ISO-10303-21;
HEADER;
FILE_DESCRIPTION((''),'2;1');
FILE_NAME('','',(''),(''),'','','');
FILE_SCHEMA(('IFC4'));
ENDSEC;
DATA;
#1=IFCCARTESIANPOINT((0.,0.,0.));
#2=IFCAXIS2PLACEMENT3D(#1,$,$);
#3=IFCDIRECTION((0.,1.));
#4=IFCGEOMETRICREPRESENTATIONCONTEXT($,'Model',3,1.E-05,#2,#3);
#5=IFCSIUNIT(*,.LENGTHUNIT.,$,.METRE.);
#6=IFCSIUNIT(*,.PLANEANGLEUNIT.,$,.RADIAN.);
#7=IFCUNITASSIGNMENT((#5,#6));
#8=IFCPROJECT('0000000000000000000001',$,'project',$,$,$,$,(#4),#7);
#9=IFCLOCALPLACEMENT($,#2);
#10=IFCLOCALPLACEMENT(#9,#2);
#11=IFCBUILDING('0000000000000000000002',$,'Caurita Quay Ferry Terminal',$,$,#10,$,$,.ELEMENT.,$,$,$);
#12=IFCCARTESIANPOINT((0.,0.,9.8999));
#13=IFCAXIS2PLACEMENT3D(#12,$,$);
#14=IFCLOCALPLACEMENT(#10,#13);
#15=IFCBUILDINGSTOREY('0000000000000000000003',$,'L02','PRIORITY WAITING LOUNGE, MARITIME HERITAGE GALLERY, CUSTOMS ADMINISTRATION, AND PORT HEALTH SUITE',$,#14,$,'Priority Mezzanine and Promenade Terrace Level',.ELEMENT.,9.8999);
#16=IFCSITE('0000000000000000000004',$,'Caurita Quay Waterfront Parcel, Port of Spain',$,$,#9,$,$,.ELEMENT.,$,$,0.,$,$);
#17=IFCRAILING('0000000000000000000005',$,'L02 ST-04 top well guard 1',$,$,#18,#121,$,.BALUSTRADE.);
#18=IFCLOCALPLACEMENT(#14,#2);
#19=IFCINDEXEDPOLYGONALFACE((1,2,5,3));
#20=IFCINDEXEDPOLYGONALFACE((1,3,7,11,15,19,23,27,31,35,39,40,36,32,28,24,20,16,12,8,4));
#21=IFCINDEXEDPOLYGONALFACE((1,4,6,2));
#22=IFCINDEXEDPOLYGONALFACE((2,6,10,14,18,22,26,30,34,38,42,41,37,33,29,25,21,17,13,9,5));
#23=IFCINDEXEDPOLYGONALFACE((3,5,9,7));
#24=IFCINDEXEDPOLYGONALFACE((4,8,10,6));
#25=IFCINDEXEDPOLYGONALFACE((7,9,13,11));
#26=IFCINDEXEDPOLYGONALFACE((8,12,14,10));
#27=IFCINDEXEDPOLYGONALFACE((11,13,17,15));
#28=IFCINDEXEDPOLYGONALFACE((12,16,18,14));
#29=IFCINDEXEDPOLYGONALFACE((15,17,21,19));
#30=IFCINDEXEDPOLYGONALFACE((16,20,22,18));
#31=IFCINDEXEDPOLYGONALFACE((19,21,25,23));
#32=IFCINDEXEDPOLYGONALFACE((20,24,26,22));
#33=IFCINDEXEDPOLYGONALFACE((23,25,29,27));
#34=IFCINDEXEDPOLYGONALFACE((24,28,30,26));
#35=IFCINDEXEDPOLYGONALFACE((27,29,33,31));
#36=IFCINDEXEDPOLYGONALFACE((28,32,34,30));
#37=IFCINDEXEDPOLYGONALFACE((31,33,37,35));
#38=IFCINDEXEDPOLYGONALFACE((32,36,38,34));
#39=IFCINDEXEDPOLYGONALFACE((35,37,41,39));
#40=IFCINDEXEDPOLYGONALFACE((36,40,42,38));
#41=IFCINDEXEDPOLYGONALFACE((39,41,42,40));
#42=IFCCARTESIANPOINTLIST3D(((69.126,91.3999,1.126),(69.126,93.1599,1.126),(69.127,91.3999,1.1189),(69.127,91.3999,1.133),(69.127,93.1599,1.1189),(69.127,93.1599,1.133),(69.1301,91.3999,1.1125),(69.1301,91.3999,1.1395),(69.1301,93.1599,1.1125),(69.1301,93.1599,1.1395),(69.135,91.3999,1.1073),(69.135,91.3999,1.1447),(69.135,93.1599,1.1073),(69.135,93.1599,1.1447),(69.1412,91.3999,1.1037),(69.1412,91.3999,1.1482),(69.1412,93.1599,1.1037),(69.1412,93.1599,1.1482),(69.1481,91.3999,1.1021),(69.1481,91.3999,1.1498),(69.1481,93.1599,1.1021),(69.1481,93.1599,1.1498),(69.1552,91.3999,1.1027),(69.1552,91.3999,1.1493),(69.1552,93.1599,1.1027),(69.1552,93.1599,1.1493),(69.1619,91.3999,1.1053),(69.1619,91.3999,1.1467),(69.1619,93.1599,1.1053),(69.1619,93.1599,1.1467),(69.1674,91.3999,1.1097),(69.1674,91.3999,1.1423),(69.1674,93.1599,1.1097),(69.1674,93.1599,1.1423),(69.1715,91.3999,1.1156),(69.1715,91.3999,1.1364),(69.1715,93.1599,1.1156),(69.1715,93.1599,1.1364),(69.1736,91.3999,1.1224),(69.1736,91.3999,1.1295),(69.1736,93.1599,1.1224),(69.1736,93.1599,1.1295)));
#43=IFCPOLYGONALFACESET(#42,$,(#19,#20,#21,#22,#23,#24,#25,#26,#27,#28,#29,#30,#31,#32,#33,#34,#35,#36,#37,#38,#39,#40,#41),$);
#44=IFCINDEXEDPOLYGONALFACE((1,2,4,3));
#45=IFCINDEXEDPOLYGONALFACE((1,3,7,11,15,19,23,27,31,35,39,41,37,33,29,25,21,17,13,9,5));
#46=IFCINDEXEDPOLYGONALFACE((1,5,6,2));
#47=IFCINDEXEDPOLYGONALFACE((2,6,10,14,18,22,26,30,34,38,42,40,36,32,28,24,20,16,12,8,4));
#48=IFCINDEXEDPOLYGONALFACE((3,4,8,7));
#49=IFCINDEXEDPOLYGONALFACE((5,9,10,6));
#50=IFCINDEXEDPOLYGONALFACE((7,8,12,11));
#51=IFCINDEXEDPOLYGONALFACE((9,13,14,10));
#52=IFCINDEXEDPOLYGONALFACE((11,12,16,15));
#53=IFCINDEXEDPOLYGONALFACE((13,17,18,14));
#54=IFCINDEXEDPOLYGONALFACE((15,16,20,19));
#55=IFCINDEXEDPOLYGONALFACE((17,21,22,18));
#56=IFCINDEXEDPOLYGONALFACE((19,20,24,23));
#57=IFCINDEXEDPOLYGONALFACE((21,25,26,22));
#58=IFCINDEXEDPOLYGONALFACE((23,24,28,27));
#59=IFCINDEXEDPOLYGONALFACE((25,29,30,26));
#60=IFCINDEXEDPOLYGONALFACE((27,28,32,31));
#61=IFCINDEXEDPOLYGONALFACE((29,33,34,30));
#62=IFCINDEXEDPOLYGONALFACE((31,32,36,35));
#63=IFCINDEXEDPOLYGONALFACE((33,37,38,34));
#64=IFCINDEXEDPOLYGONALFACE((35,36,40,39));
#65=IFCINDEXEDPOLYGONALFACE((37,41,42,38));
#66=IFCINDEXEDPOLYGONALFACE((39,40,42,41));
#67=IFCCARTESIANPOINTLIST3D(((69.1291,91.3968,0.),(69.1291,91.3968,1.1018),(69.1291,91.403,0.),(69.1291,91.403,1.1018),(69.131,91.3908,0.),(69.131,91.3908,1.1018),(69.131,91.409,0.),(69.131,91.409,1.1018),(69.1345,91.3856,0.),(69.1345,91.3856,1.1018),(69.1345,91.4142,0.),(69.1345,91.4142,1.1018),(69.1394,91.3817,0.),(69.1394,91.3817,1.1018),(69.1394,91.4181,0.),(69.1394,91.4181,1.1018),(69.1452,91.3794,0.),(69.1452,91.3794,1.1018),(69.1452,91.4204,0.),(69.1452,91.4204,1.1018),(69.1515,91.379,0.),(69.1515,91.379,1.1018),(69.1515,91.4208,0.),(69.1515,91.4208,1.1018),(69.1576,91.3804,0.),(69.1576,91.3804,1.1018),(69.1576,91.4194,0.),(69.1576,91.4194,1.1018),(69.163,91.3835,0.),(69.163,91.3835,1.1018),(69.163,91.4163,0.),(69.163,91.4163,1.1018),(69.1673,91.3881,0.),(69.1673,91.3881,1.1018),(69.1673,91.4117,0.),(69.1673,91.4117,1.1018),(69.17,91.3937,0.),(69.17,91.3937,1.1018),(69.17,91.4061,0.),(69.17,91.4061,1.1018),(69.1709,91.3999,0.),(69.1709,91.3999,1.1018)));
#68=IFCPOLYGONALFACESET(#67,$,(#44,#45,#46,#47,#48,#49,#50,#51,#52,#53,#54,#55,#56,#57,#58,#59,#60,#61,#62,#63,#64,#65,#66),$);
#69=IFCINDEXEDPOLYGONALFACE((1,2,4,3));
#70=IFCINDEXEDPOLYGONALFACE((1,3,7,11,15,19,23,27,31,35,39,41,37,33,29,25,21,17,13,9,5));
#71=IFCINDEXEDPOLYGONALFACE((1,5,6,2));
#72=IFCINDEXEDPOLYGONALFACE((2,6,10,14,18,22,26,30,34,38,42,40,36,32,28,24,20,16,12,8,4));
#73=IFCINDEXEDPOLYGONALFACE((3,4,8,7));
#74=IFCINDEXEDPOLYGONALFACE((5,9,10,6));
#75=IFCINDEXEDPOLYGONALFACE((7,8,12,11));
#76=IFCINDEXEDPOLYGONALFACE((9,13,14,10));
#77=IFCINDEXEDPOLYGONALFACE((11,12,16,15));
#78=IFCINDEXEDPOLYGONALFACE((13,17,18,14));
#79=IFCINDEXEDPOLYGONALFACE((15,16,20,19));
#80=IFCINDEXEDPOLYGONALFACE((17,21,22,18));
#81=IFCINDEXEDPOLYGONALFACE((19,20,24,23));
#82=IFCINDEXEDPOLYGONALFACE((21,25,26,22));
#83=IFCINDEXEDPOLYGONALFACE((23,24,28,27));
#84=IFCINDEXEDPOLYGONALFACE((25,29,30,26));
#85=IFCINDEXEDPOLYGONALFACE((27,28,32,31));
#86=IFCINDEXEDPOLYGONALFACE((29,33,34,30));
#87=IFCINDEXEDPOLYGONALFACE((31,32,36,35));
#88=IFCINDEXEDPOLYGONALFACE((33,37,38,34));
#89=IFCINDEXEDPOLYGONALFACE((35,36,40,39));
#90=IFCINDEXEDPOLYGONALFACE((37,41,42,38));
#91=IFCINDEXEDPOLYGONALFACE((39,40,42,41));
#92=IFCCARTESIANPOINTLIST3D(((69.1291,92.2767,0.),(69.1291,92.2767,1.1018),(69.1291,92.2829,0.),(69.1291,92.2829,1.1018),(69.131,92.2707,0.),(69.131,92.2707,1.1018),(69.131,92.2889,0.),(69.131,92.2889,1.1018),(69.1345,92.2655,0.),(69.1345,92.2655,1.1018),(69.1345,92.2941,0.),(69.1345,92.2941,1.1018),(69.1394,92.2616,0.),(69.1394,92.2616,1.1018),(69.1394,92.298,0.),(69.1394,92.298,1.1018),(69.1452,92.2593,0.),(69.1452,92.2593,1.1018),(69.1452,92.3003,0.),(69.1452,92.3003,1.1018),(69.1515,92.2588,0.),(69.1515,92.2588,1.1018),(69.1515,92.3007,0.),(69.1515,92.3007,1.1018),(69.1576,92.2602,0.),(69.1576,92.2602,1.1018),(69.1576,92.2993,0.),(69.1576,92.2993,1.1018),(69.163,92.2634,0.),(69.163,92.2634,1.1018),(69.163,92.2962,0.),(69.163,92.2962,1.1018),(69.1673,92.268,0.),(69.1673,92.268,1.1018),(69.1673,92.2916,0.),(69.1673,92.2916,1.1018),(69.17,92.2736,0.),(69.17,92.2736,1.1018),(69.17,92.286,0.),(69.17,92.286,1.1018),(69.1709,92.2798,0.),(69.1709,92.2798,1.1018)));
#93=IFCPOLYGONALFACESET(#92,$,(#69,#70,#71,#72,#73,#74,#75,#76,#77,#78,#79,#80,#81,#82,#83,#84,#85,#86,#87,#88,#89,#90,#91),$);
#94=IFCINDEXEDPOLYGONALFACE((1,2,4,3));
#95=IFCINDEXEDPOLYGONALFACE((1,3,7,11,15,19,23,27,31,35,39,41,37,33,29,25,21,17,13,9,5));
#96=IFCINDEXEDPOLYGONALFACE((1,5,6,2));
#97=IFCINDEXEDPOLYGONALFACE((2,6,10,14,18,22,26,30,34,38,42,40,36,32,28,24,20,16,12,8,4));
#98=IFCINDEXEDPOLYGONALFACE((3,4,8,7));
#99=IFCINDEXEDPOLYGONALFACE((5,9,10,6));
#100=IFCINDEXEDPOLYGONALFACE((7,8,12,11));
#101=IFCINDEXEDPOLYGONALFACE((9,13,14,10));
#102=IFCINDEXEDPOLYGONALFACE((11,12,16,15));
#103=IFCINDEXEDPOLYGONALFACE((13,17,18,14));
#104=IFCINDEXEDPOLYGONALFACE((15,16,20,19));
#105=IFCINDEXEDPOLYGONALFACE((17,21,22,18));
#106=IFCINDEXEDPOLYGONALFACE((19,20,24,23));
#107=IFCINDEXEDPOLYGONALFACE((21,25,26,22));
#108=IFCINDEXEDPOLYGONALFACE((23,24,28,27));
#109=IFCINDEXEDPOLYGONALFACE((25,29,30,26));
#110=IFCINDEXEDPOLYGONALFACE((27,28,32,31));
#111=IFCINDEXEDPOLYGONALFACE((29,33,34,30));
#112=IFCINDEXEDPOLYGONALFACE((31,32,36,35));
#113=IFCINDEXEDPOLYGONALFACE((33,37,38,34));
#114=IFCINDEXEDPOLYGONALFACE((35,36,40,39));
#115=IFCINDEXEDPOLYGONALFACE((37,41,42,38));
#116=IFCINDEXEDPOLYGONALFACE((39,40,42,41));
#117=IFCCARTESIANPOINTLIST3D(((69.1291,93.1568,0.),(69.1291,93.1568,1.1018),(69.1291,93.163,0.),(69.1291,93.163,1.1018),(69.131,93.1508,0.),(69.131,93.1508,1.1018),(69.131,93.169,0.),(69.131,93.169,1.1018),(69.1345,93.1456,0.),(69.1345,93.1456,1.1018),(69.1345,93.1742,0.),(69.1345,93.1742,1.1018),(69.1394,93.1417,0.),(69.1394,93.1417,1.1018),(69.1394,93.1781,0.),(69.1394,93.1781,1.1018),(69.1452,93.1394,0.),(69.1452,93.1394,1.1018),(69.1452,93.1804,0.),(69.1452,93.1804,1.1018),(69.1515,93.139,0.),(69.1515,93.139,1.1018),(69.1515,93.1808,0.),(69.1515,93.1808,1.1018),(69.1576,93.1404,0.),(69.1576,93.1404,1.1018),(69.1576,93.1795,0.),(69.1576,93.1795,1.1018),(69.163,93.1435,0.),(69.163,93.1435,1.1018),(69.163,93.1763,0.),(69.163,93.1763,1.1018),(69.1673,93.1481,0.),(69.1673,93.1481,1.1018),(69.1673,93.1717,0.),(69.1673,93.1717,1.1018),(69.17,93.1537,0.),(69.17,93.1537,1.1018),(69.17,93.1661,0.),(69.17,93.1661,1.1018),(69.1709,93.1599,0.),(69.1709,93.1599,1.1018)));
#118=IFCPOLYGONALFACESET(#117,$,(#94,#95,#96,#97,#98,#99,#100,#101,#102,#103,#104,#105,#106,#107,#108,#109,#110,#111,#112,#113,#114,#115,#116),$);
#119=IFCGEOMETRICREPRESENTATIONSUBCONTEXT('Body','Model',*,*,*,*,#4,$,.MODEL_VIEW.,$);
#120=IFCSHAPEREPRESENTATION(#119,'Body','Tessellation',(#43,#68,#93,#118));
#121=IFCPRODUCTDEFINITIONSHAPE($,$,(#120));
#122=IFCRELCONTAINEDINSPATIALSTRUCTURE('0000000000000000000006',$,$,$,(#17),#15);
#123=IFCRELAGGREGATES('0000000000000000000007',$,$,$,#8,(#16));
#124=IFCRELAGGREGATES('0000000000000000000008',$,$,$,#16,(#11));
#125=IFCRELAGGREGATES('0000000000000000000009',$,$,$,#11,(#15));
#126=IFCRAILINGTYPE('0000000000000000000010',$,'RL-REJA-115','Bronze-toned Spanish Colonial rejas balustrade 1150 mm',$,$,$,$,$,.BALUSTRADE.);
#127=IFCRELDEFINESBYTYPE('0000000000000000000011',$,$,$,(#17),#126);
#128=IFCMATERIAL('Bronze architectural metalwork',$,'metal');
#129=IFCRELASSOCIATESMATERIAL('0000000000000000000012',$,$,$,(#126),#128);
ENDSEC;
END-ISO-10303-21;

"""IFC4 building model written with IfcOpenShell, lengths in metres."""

from ifc_helpers import new_model, si_unit, direction, frame, origin, origin_2d, place, context, subcontext, project, spatial, circle, extrude, material, type_object, element, save


model = new_model("IFC4")

# Units and contexts
model_context = context("Model", 3, precision=1e-05, world=origin(), true_north=direction((0.0, 1.0)))
body_context = subcontext(model_context, "Body", "Model", "MODEL_VIEW")
ifc_project = project(units=[si_unit("LENGTHUNIT", "METRE"), si_unit("PLANEANGLEUNIT", "RADIAN")], contexts=[model_context])

# Site, building, storey
site_placement = place(None, origin())
site = spatial("IfcSite", under=ifc_project, at=site_placement, Name="Caurita Quay Waterfront Parcel, Port of Spain", CompositionType="ELEMENT", RefElevation=0.0)
building_placement = place(site_placement, origin())
building = spatial("IfcBuilding", under=site, at=building_placement, Name="Caurita Quay Ferry Terminal", CompositionType="ELEMENT")
storey_placement = place(building_placement, frame((0.0, 0.0, 9.8999)))
storey = spatial("IfcBuildingStorey", under=building, at=storey_placement, Name="L02", Description="PRIORITY WAITING LOUNGE, MARITIME HERITAGE GALLERY, CUSTOMS ADMINISTRATION, AND PORT HEALTH SUITE", LongName="Priority Mezzanine and Promenade Terrace Level", CompositionType="ELEMENT", Elevation=9.8999)

# Railing
ifc_material_1 = material(Name="Bronze architectural metalwork", Category="metal")
railing_type_1 = type_object("IfcRailingType", Name="RL-REJA-115", Description="Bronze-toned Spanish Colonial rejas balustrade 1150 mm", PredefinedType="BALUSTRADE", material=ifc_material_1)
railing_1_placement = place(storey_placement, frame((69.1499, 91.3999, 0.0)))
element("IfcRailing", 1, at=railing_1_placement, inside=storey, type_object=railing_type_1, Name="L02 ST-04 top well guard 1", PredefinedType="BALUSTRADE", context=body_context, shape_type="SweptSolid", body=[
    extrude(circle(Radius=0.0239, at=origin_2d()), frame((0.0, 0.0, 1.126), z_axis=(0.0, 1.0, 0.0), x_axis=(-1.0, 0.0, 0.0)), (0.0, 0.0, 1.0), 1.76),
    extrude(circle(Radius=0.021, at=origin_2d()), origin(), (0.0, 0.0, 1.0), 1.1018),
    extrude(circle(Radius=0.021, at=origin_2d()), frame((0.0, 0.8799, 0.0)), (0.0, 0.0, 1.0), 1.1018),
    extrude(circle(Radius=0.021, at=origin_2d()), frame((0.0, 1.76, 0.0)), (0.0, 0.0, 1.0), 1.1018),
])

save(model, "model.ifc")
